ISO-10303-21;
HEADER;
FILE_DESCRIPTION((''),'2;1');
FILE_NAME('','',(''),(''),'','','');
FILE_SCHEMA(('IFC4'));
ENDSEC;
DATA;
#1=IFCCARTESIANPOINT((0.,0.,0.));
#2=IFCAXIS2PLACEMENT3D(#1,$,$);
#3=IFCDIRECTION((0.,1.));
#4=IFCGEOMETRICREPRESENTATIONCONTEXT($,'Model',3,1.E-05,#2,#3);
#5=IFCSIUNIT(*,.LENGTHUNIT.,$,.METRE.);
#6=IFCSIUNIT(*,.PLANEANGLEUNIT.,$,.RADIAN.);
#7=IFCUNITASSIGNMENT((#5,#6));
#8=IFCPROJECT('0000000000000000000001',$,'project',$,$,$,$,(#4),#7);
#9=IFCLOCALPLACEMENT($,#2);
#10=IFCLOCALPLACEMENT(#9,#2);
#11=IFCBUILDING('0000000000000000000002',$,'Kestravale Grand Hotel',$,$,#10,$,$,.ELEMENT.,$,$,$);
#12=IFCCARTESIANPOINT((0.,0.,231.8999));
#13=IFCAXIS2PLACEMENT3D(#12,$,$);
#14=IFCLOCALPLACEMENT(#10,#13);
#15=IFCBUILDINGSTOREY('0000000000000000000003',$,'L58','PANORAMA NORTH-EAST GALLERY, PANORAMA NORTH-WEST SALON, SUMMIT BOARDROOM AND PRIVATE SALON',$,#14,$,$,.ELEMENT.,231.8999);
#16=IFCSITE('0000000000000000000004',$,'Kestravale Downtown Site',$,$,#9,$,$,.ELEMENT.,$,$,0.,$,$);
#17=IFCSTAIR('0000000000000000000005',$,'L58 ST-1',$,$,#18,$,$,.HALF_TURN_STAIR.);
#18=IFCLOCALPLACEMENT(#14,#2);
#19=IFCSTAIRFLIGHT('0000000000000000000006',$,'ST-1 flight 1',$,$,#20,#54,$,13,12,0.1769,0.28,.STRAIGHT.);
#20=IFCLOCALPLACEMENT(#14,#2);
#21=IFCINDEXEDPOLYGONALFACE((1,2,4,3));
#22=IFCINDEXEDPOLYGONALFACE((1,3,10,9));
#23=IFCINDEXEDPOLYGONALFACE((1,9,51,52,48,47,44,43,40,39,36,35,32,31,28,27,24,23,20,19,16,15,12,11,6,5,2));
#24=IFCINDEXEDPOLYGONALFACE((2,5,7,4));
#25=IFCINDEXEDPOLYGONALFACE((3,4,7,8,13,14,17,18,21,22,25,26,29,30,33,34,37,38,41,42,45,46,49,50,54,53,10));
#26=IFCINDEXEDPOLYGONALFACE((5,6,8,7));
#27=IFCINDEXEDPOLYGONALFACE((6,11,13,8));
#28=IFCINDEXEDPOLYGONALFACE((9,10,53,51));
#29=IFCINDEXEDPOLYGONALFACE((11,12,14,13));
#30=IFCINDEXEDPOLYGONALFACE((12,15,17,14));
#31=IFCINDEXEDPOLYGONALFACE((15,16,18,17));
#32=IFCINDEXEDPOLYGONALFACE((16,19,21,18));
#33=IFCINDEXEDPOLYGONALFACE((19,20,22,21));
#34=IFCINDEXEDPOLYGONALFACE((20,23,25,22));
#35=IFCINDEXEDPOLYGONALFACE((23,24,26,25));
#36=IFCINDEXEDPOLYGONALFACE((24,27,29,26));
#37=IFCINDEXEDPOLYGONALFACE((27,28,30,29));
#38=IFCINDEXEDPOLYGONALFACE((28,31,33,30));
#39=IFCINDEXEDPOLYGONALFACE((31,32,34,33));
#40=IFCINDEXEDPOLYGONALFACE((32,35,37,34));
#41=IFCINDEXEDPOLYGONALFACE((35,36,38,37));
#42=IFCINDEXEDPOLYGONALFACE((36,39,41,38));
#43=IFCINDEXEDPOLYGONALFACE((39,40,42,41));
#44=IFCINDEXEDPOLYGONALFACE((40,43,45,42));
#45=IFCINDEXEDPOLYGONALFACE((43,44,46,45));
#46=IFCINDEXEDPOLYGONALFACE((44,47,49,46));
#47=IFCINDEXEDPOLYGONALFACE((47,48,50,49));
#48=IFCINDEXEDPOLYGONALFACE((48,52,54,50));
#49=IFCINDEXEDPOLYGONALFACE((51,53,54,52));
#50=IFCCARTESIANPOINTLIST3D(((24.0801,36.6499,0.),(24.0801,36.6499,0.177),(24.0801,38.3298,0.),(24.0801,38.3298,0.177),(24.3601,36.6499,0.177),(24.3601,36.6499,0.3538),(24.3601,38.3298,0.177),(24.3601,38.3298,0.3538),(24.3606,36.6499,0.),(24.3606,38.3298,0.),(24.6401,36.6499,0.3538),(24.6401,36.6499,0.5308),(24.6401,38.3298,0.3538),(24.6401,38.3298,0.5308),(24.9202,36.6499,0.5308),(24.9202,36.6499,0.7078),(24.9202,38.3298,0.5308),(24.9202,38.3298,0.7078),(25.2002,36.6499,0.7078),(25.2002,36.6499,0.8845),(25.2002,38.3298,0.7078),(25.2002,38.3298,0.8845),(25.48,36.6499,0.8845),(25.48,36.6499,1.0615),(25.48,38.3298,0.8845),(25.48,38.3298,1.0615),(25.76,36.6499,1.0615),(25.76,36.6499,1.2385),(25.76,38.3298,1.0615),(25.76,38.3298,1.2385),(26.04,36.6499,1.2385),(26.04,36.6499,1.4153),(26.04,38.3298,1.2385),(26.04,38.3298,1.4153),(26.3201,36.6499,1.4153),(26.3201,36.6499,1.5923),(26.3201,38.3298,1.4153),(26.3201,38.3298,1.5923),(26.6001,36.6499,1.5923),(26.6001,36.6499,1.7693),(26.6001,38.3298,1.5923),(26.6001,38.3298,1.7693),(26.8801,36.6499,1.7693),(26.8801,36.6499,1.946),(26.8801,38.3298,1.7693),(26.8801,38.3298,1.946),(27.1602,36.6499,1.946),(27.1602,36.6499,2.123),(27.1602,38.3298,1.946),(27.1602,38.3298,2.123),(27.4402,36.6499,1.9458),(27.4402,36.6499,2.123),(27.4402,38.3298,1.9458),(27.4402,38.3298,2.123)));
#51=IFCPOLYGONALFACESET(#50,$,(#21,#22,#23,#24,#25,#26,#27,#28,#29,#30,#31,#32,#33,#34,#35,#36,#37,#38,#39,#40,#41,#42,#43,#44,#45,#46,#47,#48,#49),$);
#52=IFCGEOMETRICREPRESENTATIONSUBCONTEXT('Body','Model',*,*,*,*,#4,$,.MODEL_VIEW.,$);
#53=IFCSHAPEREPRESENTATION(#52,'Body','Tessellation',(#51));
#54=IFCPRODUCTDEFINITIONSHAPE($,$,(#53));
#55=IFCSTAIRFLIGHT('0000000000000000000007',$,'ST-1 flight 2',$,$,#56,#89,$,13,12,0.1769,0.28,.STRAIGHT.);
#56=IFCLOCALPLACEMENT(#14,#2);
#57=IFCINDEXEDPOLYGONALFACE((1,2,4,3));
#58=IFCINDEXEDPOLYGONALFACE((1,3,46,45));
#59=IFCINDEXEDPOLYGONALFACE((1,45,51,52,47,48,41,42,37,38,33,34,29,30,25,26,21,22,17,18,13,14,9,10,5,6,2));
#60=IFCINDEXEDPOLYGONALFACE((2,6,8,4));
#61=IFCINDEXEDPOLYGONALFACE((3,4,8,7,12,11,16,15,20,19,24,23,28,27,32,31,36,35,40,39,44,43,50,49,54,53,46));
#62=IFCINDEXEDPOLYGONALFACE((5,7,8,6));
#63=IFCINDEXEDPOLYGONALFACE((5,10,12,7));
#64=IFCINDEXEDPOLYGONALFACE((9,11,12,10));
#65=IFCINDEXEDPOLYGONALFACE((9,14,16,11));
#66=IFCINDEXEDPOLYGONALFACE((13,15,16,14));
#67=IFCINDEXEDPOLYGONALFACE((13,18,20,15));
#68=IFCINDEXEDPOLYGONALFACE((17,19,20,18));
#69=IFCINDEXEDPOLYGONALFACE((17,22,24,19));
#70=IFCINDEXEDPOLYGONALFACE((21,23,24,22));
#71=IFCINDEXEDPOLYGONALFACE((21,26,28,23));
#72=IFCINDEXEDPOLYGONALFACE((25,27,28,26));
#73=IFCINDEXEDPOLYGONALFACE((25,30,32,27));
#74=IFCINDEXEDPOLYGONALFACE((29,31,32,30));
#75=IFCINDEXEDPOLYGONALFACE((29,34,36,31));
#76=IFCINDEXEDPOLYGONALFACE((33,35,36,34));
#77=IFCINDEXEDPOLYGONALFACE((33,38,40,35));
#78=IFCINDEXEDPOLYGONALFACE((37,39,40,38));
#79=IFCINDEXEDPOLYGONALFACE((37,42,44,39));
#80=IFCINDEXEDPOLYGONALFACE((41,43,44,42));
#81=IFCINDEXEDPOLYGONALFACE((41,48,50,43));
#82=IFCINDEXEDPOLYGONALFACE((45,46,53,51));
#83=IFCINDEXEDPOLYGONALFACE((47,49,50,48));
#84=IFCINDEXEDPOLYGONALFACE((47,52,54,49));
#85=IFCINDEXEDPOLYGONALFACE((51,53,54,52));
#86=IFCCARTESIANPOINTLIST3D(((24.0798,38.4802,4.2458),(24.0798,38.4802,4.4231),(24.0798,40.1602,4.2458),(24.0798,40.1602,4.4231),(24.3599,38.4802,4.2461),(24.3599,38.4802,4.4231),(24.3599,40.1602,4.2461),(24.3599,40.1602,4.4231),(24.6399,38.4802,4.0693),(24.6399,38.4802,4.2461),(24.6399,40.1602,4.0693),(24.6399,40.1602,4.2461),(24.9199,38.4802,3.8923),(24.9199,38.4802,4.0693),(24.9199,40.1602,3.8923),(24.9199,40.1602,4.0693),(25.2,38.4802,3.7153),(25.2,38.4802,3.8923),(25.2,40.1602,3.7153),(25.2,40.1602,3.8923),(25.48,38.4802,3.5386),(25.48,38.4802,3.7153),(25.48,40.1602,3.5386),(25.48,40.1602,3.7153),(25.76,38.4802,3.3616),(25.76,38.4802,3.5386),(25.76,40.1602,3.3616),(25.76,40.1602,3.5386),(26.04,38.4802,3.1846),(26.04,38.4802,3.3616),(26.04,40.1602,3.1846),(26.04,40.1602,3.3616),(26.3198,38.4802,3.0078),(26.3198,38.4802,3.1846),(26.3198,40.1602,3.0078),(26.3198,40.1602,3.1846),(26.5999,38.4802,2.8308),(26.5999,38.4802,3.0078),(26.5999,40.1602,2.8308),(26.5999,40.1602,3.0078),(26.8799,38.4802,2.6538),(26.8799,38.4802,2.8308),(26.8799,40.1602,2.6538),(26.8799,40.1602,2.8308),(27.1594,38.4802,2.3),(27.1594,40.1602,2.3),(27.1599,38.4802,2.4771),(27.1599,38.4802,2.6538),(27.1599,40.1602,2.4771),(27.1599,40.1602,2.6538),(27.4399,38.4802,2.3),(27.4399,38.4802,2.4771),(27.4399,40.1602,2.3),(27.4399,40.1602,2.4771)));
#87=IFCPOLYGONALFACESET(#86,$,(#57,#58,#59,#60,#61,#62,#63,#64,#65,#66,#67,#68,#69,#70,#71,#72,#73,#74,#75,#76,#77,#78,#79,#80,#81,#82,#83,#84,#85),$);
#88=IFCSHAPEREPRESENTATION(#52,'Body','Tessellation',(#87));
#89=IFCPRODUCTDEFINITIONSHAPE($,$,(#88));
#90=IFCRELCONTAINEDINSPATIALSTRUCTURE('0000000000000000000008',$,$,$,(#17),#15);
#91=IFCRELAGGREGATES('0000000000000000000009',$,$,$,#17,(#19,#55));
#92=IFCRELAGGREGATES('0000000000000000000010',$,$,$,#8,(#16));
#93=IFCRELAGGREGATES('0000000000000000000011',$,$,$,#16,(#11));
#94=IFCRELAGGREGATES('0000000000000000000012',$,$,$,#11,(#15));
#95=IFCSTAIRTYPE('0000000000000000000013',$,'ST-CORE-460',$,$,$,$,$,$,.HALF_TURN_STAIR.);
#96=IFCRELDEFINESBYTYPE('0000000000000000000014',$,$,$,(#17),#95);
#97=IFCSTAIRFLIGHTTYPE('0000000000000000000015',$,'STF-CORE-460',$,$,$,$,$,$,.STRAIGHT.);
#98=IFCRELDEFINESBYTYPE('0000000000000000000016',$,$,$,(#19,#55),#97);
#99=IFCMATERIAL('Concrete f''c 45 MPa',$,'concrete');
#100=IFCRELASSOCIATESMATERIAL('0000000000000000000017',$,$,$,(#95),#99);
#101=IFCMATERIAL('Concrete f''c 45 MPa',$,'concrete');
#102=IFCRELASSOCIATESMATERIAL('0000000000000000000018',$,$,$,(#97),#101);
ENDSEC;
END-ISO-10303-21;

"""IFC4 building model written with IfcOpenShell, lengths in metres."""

from ifc_helpers import new_model, si_unit, direction, frame, origin, place, context, subcontext, project, spatial, polyline, outline, extrude, material, type_object, element, aggregate, save


model = new_model("IFC4")

# Units and contexts
model_context = context("Model", 3, precision=1e-05, world=origin(), true_north=direction((0.0, 1.0)))
body_context = subcontext(model_context, "Body", "Model", "MODEL_VIEW")
ifc_project = project(units=[si_unit("LENGTHUNIT", "METRE"), si_unit("PLANEANGLEUNIT", "RADIAN")], contexts=[model_context])

# Site, building, storey
site_placement = place(None, origin())
site = spatial("IfcSite", under=ifc_project, at=site_placement, Name="Kestravale Downtown Site", CompositionType="ELEMENT", RefElevation=0.0)
building_placement = place(site_placement, origin())
building = spatial("IfcBuilding", under=site, at=building_placement, Name="Kestravale Grand Hotel", CompositionType="ELEMENT")
storey_placement = place(building_placement, frame((0.0, 0.0, 231.8999)))
storey = spatial("IfcBuildingStorey", under=building, at=storey_placement, Name="L58", Description="PANORAMA NORTH-EAST GALLERY, PANORAMA NORTH-WEST SALON, SUMMIT BOARDROOM AND PRIVATE SALON", CompositionType="ELEMENT", Elevation=231.8999)

# Stair, stair flights
ifc_material_1 = material(Name="Concrete f'c 45 MPa", Category="concrete")
stair_type = type_object("IfcStairType", Name="ST-CORE-460", PredefinedType="HALF_TURN_STAIR", material=ifc_material_1)
stair_placement = place(storey_placement, origin())
stair = element("IfcStair", 1, at=stair_placement, inside=storey, type_object=stair_type, Name="L58 ST-1", PredefinedType="HALF_TURN_STAIR")
ifc_material_2 = material(Name="Concrete f'c 45 MPa", Category="concrete")
stair_flight_type = type_object("IfcStairFlightType", Name="STF-CORE-460", PredefinedType="STRAIGHT", material=ifc_material_2)
stair_flight_1_placement = place(storey_placement, frame((24.0801, 37.49, 0.0), z_axis=(0.0, 0.0, 1.0), x_axis=(1.0, 0.0, 0.0)))
stair_flight_1 = element("IfcStairFlight", 2, at=stair_flight_1_placement, type_object=stair_flight_type, Name="ST-1 flight 1", NumberOfRisers=13, NumberOfTreads=12, PredefinedType="STRAIGHT", RiserHeight=0.1769, TreadLength=0.28, context=body_context, shape_type="SweptSolid", body=[
    extrude(outline(polyline([(0.0, 0.0), (0.0, 0.177), (0.28, 0.177), (0.28, 0.3538), (0.5601, 0.3538), (0.5601, 0.5308), (0.8401, 0.5308), (0.8401, 0.7078), (1.1201, 0.7078), (1.1201, 0.8845), (1.3999, 0.8845), (1.3999, 1.0615), (1.6799, 1.0615), (1.6799, 1.2385), (1.96, 1.2385), (1.96, 1.4153), (2.24, 1.4153), (2.24, 1.5923), (2.52, 1.5923), (2.52, 1.7693), (2.8, 1.7693), (2.8, 1.946), (3.0801, 1.946), (3.0801, 2.123), (3.3601, 2.123), (3.3601, 2.3), (3.3601, 1.9458), (0.2805, 0.0), (0.0, 0.0)])), frame((0.0, 0.8398, 0.0), z_axis=(0.0, -1.0, 0.0), x_axis=(1.0, 0.0, 0.0)), (0.0, 0.0, 1.0), 1.6799),
])
stair_flight_2_placement = place(storey_placement, frame((27.4399, 39.3201, 2.3), z_axis=(0.0, 0.0, 1.0), x_axis=(-1.0, 0.0, 0.0)))
stair_flight_2 = element("IfcStairFlight", 3, at=stair_flight_2_placement, type_object=stair_flight_type, Name="ST-1 flight 2", NumberOfRisers=13, NumberOfTreads=12, PredefinedType="STRAIGHT", RiserHeight=0.1769, TreadLength=0.28, context=body_context, shape_type="SweptSolid", body=[
    extrude(outline(polyline([(0.0, 0.0), (0.0, 0.177), (0.28, 0.177), (0.28, 0.3538), (0.5601, 0.3538), (0.5601, 0.5308), (0.8401, 0.5308), (0.8401, 0.7078), (1.1201, 0.7078), (1.1201, 0.8845), (1.3999, 0.8845), (1.3999, 1.0615), (1.6799, 1.0615), (1.6799, 1.2385), (1.96, 1.2385), (1.96, 1.4153), (2.24, 1.4153), (2.24, 1.5923), (2.52, 1.5923), (2.52, 1.7693), (2.8, 1.7693), (2.8, 1.946), (3.0801, 1.946), (3.0801, 2.123), (3.3601, 2.123), (3.3601, 2.3), (3.3601, 1.9458), (0.2805, 0.0), (0.0, 0.0)])), frame((0.0, 0.8398, 0.0), z_axis=(0.0, -1.0, 0.0), x_axis=(1.0, 0.0, 0.0)), (0.0, 0.0, 1.0), 1.6799),
])
aggregate(stair, [stair_flight_1, stair_flight_2])

save(model, "model.ifc")
